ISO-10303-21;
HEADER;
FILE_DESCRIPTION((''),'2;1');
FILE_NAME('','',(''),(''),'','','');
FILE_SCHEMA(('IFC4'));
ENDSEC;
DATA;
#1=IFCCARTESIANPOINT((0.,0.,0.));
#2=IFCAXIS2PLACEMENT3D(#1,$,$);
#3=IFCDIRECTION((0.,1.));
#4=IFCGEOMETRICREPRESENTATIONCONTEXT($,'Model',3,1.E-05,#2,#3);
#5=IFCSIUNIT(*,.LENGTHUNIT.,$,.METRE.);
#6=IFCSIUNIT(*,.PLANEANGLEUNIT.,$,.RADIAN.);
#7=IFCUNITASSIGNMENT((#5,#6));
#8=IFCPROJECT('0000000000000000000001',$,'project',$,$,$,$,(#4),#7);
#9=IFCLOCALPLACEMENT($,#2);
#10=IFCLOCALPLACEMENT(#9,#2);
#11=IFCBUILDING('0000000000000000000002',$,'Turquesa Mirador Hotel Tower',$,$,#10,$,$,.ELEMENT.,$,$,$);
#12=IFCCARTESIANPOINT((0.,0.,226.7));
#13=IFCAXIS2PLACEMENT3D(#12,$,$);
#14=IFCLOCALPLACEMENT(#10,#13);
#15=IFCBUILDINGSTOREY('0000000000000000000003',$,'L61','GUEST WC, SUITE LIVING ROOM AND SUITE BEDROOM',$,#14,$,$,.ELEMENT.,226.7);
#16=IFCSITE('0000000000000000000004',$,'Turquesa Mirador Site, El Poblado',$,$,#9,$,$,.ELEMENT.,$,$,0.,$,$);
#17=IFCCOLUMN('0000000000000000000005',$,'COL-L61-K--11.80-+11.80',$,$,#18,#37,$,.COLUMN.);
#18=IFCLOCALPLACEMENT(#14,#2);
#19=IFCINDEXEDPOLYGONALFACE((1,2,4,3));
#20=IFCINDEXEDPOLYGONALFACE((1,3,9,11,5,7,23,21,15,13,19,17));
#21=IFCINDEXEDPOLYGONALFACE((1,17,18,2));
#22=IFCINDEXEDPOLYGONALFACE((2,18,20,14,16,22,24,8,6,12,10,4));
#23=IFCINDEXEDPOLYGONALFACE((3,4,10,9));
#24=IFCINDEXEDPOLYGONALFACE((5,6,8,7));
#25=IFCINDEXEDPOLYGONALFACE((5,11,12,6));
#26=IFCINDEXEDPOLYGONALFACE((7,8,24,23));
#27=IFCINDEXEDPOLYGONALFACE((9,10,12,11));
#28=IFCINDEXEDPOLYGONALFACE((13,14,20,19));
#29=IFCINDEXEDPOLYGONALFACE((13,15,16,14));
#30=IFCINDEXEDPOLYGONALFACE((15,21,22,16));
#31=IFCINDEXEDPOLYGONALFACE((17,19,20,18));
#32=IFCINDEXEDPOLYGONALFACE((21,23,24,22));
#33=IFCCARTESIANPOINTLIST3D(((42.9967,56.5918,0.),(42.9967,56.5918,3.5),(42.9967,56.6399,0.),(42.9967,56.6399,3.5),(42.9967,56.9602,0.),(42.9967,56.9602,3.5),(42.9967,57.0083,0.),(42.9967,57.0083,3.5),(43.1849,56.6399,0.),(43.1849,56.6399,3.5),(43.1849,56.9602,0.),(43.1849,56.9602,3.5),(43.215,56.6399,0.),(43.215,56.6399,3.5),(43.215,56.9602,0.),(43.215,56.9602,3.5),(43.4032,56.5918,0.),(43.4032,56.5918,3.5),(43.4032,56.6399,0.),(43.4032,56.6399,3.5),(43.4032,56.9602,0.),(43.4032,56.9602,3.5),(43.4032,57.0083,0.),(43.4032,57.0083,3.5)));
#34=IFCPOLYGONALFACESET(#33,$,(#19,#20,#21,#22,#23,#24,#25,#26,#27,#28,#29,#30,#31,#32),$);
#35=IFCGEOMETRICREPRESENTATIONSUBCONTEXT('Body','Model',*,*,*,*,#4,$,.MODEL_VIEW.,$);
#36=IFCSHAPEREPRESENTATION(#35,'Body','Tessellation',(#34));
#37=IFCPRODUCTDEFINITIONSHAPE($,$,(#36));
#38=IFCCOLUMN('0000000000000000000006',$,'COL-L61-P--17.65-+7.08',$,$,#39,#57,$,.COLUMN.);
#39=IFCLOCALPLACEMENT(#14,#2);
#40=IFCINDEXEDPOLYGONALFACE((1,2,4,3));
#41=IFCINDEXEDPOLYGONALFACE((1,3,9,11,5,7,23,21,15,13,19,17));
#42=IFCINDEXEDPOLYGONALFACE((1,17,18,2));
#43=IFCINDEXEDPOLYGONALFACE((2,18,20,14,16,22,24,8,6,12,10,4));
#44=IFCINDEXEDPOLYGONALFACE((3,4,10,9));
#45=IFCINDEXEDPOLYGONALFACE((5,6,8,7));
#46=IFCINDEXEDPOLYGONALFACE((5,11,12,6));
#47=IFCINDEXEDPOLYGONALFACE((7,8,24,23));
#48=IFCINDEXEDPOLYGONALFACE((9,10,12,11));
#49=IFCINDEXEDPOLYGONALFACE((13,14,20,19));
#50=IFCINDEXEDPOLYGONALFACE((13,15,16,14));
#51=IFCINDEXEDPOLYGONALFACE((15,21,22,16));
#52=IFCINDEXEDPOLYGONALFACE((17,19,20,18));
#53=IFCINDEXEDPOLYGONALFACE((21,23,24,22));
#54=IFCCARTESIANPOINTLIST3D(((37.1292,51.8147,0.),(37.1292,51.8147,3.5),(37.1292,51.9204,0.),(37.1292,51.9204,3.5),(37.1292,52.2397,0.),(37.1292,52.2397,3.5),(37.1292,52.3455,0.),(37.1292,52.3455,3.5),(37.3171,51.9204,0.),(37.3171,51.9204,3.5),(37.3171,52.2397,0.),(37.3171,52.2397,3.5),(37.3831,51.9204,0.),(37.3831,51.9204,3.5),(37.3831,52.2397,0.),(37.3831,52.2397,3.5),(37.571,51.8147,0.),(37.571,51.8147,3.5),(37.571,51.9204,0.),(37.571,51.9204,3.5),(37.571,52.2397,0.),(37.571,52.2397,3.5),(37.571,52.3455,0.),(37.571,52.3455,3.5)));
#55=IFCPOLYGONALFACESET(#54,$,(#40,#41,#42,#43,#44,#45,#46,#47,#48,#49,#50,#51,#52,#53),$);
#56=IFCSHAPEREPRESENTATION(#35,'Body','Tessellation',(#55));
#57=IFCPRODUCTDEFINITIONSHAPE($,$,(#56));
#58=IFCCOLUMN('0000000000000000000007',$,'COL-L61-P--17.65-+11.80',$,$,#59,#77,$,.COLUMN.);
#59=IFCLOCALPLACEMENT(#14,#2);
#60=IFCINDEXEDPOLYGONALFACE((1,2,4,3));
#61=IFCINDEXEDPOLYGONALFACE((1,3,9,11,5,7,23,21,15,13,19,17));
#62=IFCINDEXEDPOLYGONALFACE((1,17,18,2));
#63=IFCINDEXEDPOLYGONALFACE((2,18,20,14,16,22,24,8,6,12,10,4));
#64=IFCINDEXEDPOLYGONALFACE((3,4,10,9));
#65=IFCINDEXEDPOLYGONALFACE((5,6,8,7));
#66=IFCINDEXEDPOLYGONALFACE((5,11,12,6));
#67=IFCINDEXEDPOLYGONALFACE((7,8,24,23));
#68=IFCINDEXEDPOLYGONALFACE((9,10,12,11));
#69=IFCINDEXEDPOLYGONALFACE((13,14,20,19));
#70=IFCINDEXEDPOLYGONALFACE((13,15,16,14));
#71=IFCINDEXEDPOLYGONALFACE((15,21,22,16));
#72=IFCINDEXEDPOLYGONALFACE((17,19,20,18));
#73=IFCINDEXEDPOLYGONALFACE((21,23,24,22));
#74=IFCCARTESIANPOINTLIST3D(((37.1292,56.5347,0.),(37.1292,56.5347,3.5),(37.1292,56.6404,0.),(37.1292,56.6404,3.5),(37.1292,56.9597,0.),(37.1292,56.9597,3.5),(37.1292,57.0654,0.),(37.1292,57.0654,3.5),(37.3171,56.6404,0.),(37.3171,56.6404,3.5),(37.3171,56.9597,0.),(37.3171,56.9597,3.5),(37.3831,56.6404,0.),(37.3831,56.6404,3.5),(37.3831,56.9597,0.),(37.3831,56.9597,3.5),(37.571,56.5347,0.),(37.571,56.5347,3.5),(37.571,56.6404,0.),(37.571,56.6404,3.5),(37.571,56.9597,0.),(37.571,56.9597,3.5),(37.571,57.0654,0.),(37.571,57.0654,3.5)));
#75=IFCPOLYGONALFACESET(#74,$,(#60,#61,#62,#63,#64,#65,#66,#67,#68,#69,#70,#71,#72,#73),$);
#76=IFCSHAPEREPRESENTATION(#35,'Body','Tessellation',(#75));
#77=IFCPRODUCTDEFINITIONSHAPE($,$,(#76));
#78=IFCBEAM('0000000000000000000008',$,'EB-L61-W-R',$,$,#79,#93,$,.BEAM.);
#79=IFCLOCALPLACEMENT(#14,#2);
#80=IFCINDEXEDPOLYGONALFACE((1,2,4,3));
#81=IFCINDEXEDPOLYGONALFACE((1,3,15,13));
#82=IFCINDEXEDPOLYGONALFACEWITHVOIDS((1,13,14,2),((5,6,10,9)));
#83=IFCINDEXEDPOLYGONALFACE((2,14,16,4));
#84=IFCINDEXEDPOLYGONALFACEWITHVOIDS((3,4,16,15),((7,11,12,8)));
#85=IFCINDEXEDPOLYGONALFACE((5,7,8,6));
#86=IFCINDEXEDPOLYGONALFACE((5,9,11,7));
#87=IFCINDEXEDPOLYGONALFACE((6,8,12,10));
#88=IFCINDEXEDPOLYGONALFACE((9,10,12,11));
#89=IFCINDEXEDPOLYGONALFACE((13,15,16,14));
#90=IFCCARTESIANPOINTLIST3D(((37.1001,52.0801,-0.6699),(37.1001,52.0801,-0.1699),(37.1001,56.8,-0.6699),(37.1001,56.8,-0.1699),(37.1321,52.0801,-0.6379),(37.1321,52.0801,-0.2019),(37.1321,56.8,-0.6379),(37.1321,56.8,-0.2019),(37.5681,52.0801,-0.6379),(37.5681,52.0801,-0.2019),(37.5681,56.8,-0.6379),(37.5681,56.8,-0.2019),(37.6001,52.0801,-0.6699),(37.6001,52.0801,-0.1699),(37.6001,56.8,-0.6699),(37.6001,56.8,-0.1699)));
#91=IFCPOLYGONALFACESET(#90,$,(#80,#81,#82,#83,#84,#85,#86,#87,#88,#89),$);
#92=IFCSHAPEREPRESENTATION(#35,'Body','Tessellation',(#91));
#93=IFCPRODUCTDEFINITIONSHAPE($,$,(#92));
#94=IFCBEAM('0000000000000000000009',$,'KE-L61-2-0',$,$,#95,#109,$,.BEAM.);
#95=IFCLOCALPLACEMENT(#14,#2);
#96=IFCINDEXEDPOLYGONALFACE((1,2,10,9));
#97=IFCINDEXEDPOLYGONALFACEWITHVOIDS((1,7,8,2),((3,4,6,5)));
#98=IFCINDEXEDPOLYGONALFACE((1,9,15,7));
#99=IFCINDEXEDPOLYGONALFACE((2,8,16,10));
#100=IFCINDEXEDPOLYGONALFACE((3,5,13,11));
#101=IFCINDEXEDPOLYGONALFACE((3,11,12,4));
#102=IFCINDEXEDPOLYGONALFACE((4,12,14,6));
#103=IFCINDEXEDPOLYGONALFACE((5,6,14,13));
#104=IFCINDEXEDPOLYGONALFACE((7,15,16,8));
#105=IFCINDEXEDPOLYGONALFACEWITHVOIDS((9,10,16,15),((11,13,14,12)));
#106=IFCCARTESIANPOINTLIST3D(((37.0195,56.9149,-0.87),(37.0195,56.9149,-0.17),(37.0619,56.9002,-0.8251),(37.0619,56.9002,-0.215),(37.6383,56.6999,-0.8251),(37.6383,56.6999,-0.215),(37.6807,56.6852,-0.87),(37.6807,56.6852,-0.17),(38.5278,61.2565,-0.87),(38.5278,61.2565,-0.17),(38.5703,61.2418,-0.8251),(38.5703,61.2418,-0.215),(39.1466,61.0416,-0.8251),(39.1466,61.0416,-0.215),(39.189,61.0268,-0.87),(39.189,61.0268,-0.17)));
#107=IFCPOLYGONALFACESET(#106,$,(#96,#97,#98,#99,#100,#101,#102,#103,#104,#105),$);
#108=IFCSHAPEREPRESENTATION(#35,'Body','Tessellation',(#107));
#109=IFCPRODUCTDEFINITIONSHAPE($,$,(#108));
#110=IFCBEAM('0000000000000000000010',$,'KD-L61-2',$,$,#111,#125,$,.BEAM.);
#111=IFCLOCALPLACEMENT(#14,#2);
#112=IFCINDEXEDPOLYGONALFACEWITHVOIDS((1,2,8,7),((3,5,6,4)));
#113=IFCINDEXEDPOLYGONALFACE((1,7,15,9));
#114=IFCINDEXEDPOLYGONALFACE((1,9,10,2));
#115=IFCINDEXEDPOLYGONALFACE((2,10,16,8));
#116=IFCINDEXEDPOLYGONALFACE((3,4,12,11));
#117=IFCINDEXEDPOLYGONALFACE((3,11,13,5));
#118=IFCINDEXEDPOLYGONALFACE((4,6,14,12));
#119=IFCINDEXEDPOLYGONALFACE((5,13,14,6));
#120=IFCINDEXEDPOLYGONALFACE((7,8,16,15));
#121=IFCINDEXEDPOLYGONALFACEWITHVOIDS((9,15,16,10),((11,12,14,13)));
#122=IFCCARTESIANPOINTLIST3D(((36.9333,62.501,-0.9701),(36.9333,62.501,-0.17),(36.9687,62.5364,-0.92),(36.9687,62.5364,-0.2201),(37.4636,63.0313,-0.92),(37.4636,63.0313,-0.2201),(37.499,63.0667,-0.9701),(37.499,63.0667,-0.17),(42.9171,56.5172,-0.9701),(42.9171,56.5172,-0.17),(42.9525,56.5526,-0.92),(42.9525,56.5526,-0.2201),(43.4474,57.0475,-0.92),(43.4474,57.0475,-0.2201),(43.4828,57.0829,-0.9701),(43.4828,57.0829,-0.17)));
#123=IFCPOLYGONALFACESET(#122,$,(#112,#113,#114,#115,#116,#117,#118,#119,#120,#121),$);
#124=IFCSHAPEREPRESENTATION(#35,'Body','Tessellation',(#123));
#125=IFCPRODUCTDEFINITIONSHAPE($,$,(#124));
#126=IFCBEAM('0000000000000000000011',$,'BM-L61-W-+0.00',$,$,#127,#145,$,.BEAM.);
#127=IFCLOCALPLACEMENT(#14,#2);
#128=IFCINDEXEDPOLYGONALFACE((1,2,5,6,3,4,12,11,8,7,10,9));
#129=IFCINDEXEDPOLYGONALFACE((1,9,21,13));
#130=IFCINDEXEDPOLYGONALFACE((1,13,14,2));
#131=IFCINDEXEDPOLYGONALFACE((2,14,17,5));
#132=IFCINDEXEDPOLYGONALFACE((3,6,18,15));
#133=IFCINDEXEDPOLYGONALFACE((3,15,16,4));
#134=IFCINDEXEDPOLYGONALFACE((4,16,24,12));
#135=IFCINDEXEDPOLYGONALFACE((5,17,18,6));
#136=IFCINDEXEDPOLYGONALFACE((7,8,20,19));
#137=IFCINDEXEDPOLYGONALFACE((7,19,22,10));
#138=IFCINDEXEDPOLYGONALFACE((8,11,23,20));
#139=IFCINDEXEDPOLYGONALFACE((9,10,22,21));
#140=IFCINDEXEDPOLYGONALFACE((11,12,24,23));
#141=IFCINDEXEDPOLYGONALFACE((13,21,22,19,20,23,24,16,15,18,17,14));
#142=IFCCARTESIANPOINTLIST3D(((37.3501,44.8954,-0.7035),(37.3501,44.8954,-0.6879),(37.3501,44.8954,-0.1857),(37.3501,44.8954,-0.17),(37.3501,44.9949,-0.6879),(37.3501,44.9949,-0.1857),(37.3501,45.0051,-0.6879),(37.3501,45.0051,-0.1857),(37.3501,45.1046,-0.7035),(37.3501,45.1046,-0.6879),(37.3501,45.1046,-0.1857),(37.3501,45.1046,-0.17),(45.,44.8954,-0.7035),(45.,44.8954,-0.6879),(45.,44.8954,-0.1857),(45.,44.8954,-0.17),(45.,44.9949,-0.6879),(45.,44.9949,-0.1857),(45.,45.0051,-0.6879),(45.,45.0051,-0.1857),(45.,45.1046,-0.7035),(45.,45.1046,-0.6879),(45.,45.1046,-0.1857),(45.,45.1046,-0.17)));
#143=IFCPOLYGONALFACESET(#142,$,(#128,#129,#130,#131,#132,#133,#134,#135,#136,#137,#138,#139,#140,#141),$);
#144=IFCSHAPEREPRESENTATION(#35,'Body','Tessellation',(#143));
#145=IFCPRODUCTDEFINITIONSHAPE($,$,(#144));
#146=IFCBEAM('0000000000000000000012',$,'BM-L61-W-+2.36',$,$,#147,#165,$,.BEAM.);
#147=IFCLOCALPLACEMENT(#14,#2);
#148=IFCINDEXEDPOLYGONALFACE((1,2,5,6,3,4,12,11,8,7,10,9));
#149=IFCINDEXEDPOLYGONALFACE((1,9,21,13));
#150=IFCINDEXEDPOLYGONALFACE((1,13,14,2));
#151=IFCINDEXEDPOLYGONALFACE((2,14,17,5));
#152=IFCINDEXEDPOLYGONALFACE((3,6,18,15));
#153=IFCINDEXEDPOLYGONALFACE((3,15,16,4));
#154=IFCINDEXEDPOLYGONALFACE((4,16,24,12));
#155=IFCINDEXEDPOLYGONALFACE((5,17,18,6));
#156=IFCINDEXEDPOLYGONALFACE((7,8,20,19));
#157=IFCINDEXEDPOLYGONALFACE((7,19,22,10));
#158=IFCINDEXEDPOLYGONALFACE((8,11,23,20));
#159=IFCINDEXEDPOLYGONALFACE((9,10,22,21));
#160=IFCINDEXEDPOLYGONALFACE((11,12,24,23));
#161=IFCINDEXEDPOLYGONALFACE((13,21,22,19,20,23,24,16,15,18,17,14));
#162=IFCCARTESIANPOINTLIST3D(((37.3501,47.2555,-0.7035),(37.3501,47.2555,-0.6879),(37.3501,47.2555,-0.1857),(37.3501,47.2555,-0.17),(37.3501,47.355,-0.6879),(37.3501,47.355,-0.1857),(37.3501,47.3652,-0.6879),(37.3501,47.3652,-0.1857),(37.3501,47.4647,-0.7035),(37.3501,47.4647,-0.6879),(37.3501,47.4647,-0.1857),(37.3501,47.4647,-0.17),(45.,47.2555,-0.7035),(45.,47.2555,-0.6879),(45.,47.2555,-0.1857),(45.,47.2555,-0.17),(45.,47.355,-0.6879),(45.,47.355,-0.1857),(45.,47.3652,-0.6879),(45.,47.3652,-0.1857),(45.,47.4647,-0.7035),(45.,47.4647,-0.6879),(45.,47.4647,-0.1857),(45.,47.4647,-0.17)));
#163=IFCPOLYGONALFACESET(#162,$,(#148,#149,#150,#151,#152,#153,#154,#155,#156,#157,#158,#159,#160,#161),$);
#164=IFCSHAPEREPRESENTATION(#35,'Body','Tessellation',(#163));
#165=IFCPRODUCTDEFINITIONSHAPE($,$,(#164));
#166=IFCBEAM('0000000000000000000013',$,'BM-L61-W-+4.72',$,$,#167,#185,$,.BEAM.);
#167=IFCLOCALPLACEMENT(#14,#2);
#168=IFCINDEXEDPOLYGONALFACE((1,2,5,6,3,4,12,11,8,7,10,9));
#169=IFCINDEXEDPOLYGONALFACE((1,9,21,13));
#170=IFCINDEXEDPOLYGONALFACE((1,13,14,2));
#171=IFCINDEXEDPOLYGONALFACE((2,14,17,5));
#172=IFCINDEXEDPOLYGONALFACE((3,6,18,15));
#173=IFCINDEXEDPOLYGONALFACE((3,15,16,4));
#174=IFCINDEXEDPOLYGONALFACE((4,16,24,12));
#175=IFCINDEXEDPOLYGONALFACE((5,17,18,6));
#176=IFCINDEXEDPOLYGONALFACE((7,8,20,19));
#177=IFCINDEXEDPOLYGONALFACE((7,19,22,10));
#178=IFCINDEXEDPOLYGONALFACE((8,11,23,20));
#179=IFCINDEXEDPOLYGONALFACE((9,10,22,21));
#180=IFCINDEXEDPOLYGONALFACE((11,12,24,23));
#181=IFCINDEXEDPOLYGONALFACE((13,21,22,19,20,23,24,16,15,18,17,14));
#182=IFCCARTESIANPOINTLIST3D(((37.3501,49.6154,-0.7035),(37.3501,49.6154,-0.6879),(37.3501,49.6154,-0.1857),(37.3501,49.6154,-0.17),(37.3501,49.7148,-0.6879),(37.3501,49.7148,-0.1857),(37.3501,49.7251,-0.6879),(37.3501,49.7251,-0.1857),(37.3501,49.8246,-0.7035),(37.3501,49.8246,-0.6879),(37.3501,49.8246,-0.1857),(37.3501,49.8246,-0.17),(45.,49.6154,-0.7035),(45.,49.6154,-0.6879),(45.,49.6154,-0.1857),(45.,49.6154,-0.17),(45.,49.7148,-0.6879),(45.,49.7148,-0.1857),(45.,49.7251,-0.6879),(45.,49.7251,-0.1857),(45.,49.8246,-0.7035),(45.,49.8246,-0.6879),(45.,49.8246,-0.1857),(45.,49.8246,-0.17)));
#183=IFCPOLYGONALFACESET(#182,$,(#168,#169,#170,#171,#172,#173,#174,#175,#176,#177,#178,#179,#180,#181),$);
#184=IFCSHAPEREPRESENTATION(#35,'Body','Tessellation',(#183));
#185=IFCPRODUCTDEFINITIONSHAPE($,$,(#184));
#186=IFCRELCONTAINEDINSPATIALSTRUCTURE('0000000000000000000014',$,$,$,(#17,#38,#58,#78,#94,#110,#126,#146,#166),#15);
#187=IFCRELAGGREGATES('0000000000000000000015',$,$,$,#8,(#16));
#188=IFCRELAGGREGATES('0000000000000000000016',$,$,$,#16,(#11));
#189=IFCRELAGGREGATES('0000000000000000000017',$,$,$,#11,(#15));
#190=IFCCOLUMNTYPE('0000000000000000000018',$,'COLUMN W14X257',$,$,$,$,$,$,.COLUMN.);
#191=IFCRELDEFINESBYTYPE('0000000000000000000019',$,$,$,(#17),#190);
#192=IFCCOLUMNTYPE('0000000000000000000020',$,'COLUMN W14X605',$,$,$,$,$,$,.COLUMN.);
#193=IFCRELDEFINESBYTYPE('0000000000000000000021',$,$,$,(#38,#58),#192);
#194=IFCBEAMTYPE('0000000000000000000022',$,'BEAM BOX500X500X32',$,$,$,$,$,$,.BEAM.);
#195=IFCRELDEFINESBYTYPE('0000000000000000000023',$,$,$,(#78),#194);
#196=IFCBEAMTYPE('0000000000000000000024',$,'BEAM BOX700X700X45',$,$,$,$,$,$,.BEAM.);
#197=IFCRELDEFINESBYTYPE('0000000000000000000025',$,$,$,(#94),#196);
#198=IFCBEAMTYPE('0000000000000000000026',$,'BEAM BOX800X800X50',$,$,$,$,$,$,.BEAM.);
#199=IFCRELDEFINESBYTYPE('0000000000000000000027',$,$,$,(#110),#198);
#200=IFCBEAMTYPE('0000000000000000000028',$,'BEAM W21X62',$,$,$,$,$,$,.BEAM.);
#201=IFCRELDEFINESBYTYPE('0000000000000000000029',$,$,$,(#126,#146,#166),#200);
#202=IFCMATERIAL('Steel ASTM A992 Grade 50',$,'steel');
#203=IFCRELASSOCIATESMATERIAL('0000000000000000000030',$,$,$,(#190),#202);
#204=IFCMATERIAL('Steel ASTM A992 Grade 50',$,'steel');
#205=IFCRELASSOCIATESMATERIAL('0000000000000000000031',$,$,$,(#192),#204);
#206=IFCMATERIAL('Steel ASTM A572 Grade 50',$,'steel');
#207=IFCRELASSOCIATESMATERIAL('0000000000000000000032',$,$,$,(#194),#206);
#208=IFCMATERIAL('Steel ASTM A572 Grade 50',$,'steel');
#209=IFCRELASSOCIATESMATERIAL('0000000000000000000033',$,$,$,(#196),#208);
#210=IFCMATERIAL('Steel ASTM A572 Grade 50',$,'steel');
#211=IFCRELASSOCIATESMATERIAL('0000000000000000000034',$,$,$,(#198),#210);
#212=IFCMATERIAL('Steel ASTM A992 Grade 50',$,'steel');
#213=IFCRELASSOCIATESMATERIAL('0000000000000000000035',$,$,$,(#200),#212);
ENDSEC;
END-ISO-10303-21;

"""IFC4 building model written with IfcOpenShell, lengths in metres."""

from ifc_helpers import new_model, si_unit, direction, frame, origin, origin_2d, place, context, subcontext, project, spatial, hollow_rectangle, i_section, extrude, material, material_profile, profile_set, type_object, element, save


model = new_model("IFC4")

# Units and contexts
model_context = context("Model", 3, precision=1e-05, world=origin(), true_north=direction((0.0, 1.0)))
body_context = subcontext(model_context, "Body", "Model", "MODEL_VIEW")
ifc_project = project(units=[si_unit("LENGTHUNIT", "METRE"), si_unit("PLANEANGLEUNIT", "RADIAN")], contexts=[model_context])

# Site, building, storey
site_placement = place(None, origin())
site = spatial("IfcSite", under=ifc_project, at=site_placement, Name="Turquesa Mirador Site, El Poblado", CompositionType="ELEMENT", RefElevation=0.0)
building_placement = place(site_placement, origin())
building = spatial("IfcBuilding", under=site, at=building_placement, Name="Turquesa Mirador Hotel Tower", CompositionType="ELEMENT")
storey_placement = place(building_placement, frame((0.0, 0.0, 226.7)))
storey = spatial("IfcBuildingStorey", under=building, at=storey_placement, Name="L61", Description="GUEST WC, SUITE LIVING ROOM AND SUITE BEDROOM", CompositionType="ELEMENT", Elevation=226.7)

# Columns
ifc_material_1 = material(Name="Steel ASTM A992 Grade 50", Category="steel")
ifc_material_profile_1 = material_profile(ifc_material_1, i_section(OverallWidth=0.4065, OverallDepth=0.4165, WebThickness=0.03, FlangeThickness=0.0481, at=origin_2d()), Name="W14X257")
ifc_profile_set_1 = profile_set([ifc_material_profile_1], Name="Steel ASTM A992 Grade 50")
column_type_1 = type_object("IfcColumnType", Name="COLUMN W14X257", PredefinedType="COLUMN", material=ifc_profile_set_1)
column_placement = place(storey_placement, frame((43.2, 56.8, 0.0), z_axis=(0.0, 0.0, 1.0), x_axis=(1.0, 0.0, 0.0)))
element("IfcColumn", 1, at=column_placement, inside=storey, type_object=column_type_1, Name="COL-L61-K--11.80-+11.80", PredefinedType="COLUMN", context=body_context, shape_type="SweptSolid", body=[
    extrude(i_section(OverallWidth=0.4065, OverallDepth=0.4165, WebThickness=0.03, FlangeThickness=0.0481, at=origin_2d()), origin(), (0.0, 0.0, 1.0), 3.5),
])
ifc_material_2 = material(Name="Steel ASTM A992 Grade 50", Category="steel")
ifc_material_profile_2 = material_profile(ifc_material_2, i_section(OverallWidth=0.4419, OverallDepth=0.5308, WebThickness=0.0659, FlangeThickness=0.1057, at=origin_2d()), Name="W14X605")
ifc_profile_set_2 = profile_set([ifc_material_profile_2], Name="Steel ASTM A992 Grade 50")
column_type_2 = type_object("IfcColumnType", Name="COLUMN W14X605", PredefinedType="COLUMN", material=ifc_profile_set_2)
for number, where, z_axis, x_axis, name in (
    (2, (37.3501, 52.0801, 0.0), (0.0, 0.0, 1.0), (1.0, 0.0, 0.0), "COL-L61-P--17.65-+7.08"),
    (3, (37.3501, 56.8, 0.0), (0.0, 0.0, 1.0), (1.0, 0.0, 0.0), "COL-L61-P--17.65-+11.80"),
):
    element("IfcColumn", number, at=place(storey_placement, frame(where, z_axis=z_axis, x_axis=x_axis)), inside=storey, type_object=column_type_2, Name=name, PredefinedType="COLUMN", context=body_context, shape_type="SweptSolid", body=[
        extrude(i_section(OverallWidth=0.4419, OverallDepth=0.5308, WebThickness=0.0659, FlangeThickness=0.1057, at=origin_2d()), origin(), (0.0, 0.0, 1.0), 3.5),
    ])

# Beams
ifc_material_3 = material(Name="Steel ASTM A572 Grade 50", Category="steel")
ifc_material_profile_3 = material_profile(ifc_material_3, hollow_rectangle(XDim=0.5, YDim=0.5, WallThickness=0.032, at=origin_2d()), Name="BOX500X500X32")
ifc_profile_set_3 = profile_set([ifc_material_profile_3], Name="Steel ASTM A572 Grade 50")
beam_type_1 = type_object("IfcBeamType", Name="BEAM BOX500X500X32", PredefinedType="BEAM", material=ifc_profile_set_3)
beam_1_placement = place(storey_placement, frame((37.3501, 52.0801, -0.4199), z_axis=(0.0, 1.0, 0.0), x_axis=(-1.0, 0.0, 0.0)))
element("IfcBeam", 4, at=beam_1_placement, inside=storey, type_object=beam_type_1, Name="EB-L61-W-R", PredefinedType="BEAM", context=body_context, shape_type="SweptSolid", body=[
    extrude(hollow_rectangle(XDim=0.5, YDim=0.5, WallThickness=0.032, at=origin_2d()), origin(), (0.0, 0.0, 1.0), 4.72),
])
ifc_material_4 = material(Name="Steel ASTM A572 Grade 50", Category="steel")
ifc_material_profile_4 = material_profile(ifc_material_4, hollow_rectangle(XDim=0.7, YDim=0.7, WallThickness=0.0449, at=origin_2d()), Name="BOX700X700X45")
ifc_profile_set_4 = profile_set([ifc_material_profile_4], Name="Steel ASTM A572 Grade 50")
beam_type_2 = type_object("IfcBeamType", Name="BEAM BOX700X700X45", PredefinedType="BEAM", material=ifc_profile_set_4)
beam_2_placement = place(storey_placement, frame((37.3501, 56.8, -0.52), z_axis=(0.32817, 0.944619, 0.0), x_axis=(-0.944619, 0.32817, 0.0)))
element("IfcBeam", 5, at=beam_2_placement, inside=storey, type_object=beam_type_2, Name="KE-L61-2-0", PredefinedType="BEAM", context=body_context, shape_type="SweptSolid", body=[
    extrude(hollow_rectangle(XDim=0.7, YDim=0.7, WallThickness=0.0449, at=origin_2d()), origin(), (0.0, 0.0, 1.0), 4.5962),
])
ifc_material_5 = material(Name="Steel ASTM A572 Grade 50", Category="steel")
ifc_material_profile_5 = material_profile(ifc_material_5, hollow_rectangle(XDim=0.8, YDim=0.8, WallThickness=0.05, at=origin_2d()), Name="BOX800X800X50")
ifc_profile_set_5 = profile_set([ifc_material_profile_5], Name="Steel ASTM A572 Grade 50")
beam_type_3 = type_object("IfcBeamType", Name="BEAM BOX800X800X50", PredefinedType="BEAM", material=ifc_profile_set_5)
beam_3_placement = place(storey_placement, frame((43.2, 56.8, -0.5701), z_axis=(-0.707107, 0.707107, 0.0), x_axis=(-0.707107, -0.707107, 0.0)))
element("IfcBeam", 6, at=beam_3_placement, inside=storey, type_object=beam_type_3, Name="KD-L61-2", PredefinedType="BEAM", context=body_context, shape_type="SweptSolid", body=[
    extrude(hollow_rectangle(XDim=0.8, YDim=0.8, WallThickness=0.05, at=origin_2d()), origin(), (0.0, 0.0, 1.0), 8.4624),
])
ifc_material_6 = material(Name="Steel ASTM A992 Grade 50", Category="steel")
ifc_material_profile_6 = material_profile(ifc_material_6, i_section(OverallWidth=0.2092, OverallDepth=0.5334, WebThickness=0.0103, FlangeThickness=0.0156, at=origin_2d()), Name="W21X62")
ifc_profile_set_6 = profile_set([ifc_material_profile_6], Name="Steel ASTM A992 Grade 50")
beam_type_4 = type_object("IfcBeamType", Name="BEAM W21X62", PredefinedType="BEAM", material=ifc_profile_set_6)
for number, where, z_axis, x_axis, name in (
    (7, (37.3501, 45.0, -0.4368), (1.0, 0.0, 0.0), (0.0, 1.0, 0.0), "BM-L61-W-+0.00"),
    (8, (37.3501, 47.3601, -0.4368), (1.0, 0.0, 0.0), (0.0, 1.0, 0.0), "BM-L61-W-+2.36"),
    (9, (37.3501, 49.72, -0.4368), (1.0, 0.0, 0.0), (0.0, 1.0, 0.0), "BM-L61-W-+4.72"),
):
    element("IfcBeam", number, at=place(storey_placement, frame(where, z_axis=z_axis, x_axis=x_axis)), inside=storey, type_object=beam_type_4, Name=name, PredefinedType="BEAM", context=body_context, shape_type="SweptSolid", body=[
        extrude(i_section(OverallWidth=0.2092, OverallDepth=0.5334, WebThickness=0.0103, FlangeThickness=0.0156, at=origin_2d()), origin(), (0.0, 0.0, 1.0), 7.6499),
    ])

save(model, "model.ifc")
